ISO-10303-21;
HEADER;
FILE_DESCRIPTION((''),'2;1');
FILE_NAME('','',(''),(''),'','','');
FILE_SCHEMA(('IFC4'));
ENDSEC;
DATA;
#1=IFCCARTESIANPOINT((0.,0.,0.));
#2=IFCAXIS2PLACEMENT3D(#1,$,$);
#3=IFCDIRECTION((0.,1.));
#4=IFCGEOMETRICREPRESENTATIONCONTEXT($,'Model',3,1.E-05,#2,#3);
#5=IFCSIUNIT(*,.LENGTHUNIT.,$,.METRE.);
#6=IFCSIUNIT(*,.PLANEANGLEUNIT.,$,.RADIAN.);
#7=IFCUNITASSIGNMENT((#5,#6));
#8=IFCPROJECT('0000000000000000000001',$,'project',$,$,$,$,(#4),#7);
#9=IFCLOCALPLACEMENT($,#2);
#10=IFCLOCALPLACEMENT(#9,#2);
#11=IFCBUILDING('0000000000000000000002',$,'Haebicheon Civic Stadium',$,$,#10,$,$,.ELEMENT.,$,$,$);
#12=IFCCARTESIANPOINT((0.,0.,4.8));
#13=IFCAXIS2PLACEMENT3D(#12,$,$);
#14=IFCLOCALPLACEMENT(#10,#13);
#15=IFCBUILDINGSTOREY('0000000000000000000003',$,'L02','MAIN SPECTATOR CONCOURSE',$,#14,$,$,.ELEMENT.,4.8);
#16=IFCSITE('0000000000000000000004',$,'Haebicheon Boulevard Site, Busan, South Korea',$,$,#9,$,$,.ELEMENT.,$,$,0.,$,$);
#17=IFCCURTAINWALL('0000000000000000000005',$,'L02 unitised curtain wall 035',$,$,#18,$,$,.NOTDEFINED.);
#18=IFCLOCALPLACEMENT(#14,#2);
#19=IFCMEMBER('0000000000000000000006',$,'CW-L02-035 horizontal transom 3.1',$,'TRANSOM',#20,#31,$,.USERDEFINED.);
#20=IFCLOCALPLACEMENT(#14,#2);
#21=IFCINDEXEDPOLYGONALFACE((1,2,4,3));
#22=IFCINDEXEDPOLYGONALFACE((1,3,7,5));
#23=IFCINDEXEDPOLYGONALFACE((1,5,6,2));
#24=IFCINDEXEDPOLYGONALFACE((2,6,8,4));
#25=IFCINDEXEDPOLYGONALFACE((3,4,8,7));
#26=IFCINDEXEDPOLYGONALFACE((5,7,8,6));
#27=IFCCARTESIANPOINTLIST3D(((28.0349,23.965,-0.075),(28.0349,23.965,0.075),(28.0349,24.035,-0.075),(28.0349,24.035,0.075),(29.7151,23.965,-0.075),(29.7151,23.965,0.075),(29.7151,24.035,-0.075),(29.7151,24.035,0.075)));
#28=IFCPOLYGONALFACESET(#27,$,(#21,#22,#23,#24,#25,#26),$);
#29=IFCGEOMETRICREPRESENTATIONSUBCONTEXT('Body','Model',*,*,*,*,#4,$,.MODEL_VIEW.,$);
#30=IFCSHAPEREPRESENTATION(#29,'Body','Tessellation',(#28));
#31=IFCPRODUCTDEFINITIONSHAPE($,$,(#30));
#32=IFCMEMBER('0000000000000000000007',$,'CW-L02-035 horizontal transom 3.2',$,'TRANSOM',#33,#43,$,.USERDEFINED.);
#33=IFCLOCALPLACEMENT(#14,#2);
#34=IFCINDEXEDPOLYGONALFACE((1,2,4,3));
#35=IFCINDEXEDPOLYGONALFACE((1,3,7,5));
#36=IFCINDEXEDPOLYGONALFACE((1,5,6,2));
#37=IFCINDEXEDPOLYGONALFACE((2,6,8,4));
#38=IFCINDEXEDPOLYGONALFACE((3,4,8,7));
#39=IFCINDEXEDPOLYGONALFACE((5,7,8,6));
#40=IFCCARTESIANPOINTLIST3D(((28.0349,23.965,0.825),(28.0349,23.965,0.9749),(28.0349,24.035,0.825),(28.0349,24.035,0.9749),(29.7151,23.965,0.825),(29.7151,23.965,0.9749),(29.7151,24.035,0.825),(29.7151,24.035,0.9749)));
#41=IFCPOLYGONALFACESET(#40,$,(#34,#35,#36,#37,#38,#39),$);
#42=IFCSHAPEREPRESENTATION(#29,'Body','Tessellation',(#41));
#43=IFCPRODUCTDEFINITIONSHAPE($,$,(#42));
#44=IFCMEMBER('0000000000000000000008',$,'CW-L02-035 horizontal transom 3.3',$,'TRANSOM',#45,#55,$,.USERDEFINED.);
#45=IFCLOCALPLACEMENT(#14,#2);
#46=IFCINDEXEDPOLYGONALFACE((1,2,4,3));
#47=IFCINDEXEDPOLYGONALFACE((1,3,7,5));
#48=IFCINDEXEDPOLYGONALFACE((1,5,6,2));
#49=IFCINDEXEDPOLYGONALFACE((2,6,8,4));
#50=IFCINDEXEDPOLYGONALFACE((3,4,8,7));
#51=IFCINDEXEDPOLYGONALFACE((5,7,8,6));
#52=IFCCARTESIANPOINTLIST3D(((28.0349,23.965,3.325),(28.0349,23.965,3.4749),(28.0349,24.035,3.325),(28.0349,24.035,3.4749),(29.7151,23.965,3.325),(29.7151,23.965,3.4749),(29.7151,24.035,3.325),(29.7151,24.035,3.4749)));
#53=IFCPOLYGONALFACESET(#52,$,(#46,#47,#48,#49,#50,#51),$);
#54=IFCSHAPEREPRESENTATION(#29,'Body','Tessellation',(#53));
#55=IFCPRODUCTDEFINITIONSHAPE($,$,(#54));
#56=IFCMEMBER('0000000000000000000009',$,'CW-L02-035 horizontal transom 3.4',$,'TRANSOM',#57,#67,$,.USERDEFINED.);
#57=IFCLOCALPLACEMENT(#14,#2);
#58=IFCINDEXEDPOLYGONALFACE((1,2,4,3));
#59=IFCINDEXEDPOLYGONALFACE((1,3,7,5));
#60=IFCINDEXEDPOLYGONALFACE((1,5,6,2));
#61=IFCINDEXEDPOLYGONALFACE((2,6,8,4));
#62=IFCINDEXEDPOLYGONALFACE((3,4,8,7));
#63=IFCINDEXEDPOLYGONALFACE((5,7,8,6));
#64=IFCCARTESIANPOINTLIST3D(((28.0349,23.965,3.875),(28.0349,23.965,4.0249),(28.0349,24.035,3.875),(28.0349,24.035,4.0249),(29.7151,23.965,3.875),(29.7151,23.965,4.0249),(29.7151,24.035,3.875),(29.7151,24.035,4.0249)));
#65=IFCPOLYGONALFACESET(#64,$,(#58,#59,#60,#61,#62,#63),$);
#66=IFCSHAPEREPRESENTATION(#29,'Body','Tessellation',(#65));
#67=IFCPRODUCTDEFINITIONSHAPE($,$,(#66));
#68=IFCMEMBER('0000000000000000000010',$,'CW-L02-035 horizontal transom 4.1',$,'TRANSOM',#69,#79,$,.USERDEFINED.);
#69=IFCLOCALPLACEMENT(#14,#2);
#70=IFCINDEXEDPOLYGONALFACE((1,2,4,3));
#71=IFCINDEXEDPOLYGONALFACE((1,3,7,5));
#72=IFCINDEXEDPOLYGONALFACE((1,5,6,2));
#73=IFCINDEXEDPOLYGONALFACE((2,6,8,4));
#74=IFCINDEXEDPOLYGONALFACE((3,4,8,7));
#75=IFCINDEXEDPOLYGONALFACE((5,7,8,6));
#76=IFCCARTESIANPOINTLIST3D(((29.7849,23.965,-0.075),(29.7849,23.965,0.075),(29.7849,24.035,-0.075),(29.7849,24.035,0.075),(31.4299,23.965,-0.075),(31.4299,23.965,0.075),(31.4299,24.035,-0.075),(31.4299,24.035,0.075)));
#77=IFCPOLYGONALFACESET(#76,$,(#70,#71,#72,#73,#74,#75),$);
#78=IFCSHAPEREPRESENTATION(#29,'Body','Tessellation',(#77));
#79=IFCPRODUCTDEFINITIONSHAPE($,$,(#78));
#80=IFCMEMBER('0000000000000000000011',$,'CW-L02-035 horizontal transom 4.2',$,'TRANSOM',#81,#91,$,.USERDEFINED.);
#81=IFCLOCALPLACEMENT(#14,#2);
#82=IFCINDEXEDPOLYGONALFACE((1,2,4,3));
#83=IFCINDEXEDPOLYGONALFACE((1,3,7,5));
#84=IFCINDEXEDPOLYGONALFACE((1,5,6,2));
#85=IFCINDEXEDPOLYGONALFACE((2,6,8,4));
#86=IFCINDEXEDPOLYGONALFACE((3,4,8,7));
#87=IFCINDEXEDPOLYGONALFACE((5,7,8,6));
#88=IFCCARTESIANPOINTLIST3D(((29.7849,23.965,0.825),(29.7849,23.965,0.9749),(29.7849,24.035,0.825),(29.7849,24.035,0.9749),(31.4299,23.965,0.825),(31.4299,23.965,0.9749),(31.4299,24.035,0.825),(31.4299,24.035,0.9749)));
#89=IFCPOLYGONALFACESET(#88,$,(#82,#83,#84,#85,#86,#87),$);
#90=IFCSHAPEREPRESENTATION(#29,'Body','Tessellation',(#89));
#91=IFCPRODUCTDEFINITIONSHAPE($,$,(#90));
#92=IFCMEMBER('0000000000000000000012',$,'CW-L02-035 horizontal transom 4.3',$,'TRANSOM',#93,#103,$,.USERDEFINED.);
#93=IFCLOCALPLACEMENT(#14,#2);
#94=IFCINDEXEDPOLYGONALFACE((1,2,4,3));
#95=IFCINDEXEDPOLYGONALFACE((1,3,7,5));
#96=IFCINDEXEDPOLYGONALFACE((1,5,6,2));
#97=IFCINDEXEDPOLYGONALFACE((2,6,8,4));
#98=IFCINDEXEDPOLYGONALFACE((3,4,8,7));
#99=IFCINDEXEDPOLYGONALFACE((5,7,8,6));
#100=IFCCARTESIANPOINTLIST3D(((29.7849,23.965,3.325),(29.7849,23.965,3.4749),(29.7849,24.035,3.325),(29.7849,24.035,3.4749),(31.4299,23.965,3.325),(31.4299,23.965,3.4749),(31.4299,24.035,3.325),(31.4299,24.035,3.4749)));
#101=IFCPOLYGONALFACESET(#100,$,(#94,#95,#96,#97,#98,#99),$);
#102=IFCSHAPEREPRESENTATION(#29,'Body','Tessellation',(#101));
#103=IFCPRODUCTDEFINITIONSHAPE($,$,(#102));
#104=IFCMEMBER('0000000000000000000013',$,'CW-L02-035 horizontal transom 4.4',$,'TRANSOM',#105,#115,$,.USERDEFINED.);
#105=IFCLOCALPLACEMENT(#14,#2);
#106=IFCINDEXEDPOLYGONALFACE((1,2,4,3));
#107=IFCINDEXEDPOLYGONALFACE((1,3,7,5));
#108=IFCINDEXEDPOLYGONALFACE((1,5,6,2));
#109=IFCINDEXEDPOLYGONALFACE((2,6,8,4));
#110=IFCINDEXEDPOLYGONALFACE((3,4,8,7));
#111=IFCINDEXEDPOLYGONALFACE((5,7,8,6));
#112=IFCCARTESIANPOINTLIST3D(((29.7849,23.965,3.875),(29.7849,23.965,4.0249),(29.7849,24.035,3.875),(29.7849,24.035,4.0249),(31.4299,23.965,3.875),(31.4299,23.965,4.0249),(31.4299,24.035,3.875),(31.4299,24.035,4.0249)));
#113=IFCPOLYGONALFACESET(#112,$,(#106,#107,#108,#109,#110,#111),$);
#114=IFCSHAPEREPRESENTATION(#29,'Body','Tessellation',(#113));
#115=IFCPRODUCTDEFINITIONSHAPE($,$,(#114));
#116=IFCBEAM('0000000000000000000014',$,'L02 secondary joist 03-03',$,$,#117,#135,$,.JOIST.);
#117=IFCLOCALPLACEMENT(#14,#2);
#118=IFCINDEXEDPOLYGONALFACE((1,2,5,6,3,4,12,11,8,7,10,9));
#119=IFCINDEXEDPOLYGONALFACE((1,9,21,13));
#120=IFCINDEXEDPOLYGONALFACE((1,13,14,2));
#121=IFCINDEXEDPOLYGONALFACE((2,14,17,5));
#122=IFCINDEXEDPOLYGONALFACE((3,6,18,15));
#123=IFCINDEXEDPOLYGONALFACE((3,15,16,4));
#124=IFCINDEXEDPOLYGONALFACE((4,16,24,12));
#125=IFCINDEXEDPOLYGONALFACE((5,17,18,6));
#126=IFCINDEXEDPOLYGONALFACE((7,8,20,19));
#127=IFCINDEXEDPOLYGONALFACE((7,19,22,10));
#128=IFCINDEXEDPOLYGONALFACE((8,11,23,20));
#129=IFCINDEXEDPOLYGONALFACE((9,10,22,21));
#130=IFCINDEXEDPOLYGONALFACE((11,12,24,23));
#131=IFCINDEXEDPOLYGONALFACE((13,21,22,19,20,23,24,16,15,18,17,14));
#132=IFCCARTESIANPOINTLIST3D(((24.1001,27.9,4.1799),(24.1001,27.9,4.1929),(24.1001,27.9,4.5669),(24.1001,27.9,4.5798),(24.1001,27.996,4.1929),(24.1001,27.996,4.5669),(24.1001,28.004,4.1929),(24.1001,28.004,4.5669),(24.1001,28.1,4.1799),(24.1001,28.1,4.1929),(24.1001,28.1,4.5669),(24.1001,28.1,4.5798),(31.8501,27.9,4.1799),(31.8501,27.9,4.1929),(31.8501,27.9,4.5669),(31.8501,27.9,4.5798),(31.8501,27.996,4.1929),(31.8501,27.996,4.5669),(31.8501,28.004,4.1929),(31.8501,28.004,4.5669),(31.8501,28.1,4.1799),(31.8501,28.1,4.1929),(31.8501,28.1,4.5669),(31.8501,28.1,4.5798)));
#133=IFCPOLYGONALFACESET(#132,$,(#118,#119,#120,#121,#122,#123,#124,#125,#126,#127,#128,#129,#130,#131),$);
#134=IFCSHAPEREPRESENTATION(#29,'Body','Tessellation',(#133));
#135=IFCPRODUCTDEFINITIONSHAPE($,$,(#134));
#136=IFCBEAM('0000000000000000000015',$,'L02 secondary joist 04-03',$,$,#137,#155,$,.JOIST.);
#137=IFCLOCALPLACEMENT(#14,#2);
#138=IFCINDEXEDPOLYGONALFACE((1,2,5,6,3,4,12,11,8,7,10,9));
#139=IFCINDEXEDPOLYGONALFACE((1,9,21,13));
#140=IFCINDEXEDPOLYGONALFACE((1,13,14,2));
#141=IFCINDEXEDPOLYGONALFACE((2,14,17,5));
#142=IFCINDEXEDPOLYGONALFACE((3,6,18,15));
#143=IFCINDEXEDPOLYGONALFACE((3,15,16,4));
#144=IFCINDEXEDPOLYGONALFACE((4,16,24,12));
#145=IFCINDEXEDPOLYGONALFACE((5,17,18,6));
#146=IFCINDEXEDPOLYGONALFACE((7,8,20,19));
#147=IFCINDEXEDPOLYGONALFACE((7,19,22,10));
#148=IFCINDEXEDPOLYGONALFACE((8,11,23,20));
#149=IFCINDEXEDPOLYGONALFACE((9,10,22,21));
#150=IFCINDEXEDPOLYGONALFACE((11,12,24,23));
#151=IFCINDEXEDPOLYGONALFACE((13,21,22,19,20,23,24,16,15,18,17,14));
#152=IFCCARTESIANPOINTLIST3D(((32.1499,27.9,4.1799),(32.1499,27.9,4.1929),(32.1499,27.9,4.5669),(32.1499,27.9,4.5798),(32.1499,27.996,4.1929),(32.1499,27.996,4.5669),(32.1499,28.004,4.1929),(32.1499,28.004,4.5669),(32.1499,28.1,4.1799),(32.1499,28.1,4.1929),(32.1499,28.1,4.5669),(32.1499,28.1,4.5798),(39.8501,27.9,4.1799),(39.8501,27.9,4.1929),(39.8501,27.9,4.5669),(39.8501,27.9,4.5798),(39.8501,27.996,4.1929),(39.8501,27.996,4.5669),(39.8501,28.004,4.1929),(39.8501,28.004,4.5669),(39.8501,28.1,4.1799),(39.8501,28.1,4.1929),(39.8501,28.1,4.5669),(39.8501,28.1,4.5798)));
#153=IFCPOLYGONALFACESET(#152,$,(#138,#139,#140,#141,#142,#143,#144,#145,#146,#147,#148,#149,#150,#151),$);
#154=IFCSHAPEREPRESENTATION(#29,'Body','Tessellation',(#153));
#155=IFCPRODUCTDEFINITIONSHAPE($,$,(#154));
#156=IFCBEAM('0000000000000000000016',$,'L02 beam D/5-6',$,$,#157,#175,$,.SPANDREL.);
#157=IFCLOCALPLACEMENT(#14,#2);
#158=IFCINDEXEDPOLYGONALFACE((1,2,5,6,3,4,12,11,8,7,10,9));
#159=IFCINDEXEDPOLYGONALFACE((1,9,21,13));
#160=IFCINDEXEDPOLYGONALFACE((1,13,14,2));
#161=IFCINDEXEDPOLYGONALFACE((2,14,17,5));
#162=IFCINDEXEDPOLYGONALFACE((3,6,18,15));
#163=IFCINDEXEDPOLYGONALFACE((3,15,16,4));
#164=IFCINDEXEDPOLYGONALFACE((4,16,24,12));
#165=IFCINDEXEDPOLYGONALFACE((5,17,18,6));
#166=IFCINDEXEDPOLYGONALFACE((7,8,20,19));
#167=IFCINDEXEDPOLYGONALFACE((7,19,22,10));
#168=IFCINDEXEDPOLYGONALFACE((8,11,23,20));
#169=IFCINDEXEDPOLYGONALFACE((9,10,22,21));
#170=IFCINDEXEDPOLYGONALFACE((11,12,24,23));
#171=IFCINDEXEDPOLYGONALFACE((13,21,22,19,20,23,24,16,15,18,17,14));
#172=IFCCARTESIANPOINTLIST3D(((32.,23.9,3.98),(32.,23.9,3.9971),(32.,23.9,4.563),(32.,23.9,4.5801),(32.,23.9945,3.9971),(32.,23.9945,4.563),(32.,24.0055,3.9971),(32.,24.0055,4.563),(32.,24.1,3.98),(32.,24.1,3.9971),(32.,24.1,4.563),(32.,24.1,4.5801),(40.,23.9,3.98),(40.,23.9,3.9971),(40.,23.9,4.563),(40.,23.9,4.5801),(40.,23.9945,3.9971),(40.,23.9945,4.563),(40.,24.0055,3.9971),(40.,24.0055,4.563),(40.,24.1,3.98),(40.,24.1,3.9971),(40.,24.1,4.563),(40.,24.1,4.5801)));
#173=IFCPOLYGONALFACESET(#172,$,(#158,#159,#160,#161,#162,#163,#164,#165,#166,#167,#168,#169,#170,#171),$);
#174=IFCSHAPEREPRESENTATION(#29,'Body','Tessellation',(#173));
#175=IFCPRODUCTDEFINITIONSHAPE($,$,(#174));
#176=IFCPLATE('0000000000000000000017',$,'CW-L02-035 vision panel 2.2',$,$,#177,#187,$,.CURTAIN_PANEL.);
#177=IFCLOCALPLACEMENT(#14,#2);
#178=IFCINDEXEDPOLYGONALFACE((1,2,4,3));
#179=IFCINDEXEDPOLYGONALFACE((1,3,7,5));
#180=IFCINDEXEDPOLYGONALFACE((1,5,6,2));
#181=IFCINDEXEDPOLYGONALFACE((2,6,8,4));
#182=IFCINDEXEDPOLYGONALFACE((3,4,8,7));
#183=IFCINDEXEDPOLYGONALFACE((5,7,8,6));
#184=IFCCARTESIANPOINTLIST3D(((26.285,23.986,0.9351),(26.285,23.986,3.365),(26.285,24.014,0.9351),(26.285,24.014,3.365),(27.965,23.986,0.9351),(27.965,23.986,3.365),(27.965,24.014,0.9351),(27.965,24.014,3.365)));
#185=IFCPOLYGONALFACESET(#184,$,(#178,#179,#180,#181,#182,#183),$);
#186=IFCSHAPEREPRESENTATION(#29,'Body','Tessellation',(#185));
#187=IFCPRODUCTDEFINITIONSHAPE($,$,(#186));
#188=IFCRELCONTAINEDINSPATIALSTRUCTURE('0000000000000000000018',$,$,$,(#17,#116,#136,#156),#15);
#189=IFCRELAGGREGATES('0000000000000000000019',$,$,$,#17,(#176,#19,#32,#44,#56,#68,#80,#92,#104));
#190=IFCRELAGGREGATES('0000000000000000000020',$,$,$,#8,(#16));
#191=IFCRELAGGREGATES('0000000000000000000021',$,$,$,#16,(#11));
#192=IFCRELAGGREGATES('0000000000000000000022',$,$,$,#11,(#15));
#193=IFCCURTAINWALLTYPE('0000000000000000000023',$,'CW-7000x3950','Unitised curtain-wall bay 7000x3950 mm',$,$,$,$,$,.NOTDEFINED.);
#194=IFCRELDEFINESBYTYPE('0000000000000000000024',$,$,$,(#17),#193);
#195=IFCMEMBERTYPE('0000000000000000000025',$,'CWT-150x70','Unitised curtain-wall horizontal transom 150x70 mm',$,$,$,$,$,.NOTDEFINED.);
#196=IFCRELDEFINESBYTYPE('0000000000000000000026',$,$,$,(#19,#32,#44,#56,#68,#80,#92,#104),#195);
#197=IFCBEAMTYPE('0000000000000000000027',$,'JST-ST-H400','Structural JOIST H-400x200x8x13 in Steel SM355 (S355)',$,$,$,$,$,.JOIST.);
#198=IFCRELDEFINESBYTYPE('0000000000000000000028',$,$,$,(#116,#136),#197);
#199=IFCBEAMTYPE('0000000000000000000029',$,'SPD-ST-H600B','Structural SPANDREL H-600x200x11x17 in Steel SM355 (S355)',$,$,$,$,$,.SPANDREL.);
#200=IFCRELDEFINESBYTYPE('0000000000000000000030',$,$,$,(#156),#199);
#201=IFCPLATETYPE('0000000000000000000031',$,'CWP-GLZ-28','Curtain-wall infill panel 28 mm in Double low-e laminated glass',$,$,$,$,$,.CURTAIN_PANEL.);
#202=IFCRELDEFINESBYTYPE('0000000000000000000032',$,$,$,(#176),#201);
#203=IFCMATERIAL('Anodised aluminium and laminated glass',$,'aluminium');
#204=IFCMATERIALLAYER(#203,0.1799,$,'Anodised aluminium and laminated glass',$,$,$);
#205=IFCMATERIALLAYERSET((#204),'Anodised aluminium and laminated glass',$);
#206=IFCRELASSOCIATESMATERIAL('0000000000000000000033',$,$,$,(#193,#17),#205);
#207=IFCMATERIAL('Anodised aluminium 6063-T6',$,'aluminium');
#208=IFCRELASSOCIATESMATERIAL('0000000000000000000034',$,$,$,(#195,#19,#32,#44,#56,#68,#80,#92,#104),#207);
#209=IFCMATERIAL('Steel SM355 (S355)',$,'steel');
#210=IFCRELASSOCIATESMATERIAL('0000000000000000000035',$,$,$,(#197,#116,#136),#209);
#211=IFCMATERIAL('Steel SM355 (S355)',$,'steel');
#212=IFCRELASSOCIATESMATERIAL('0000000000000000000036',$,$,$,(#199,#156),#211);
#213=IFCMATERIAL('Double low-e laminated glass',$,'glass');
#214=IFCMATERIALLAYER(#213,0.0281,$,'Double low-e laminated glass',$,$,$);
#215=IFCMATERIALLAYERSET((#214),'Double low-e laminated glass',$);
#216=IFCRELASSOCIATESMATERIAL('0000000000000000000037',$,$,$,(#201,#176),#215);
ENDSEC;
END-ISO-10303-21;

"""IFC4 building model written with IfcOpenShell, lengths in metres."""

from ifc_helpers import new_model, si_unit, direction, frame, origin, origin_2d, place, context, subcontext, project, spatial, rectangle, i_section, extrude, material, layer, layer_set, material_profile, profile_set, type_object, element, aggregate, save


model = new_model("IFC4")

# Units and contexts
model_context = context("Model", 3, precision=1e-05, world=origin(), true_north=direction((0.0, 1.0)))
body_context = subcontext(model_context, "Body", "Model", "MODEL_VIEW")
ifc_project = project(units=[si_unit("LENGTHUNIT", "METRE"), si_unit("PLANEANGLEUNIT", "RADIAN")], contexts=[model_context])

# Site, building, storey
site_placement = place(None, origin())
site = spatial("IfcSite", under=ifc_project, at=site_placement, Name="Haebicheon Boulevard Site, Busan, South Korea", CompositionType="ELEMENT", RefElevation=0.0)
building_placement = place(site_placement, origin())
building = spatial("IfcBuilding", under=site, at=building_placement, Name="Haebicheon Civic Stadium", CompositionType="ELEMENT")
storey_placement = place(building_placement, frame((0.0, 0.0, 4.8)))
storey = spatial("IfcBuildingStorey", under=building, at=storey_placement, Name="L02", Description="MAIN SPECTATOR CONCOURSE", CompositionType="ELEMENT", Elevation=4.8)

# Curtain wall, members
ifc_material_1 = material(Name="Anodised aluminium and laminated glass", Category="aluminium")
ifc_layer_1 = layer(ifc_material_1, 0.1799, Name="Anodised aluminium and laminated glass")
ifc_layer_set_1 = layer_set([ifc_layer_1], Name="Anodised aluminium and laminated glass")
curtain_wall_type = type_object("IfcCurtainWallType", Name="CW-7000x3950", Description="Unitised curtain-wall bay 7000x3950 mm", PredefinedType="NOTDEFINED", material=ifc_layer_set_1)
curtain_wall_placement = place(storey_placement, origin())
curtain_wall = element("IfcCurtainWall", 1, at=curtain_wall_placement, inside=storey, type_object=curtain_wall_type, material=ifc_layer_set_1, Name="L02 unitised curtain wall 035", PredefinedType="NOTDEFINED")
ifc_material_2 = material(Name="Anodised aluminium 6063-T6", Category="aluminium")
ifc_material_profile_1 = material_profile(ifc_material_2, rectangle(XDim=0.0701, YDim=0.1499, at=origin_2d()), Name="ALU-TRAN-70x150")
ifc_profile_set_1 = profile_set([ifc_material_profile_1], Name="Anodised aluminium 6063-T6")
member_type_1 = type_object("IfcMemberType", Name="CWT-150x70", Description="Unitised curtain-wall horizontal transom 150x70 mm", PredefinedType="NOTDEFINED", material=ifc_profile_set_1)
member_1_placement = place(storey_placement, frame((28.0349, 24.0, 0.0), z_axis=(1.0, 0.0, 0.0), x_axis=(0.0, 1.0, 0.0)))
member_1 = element("IfcMember", 2, at=member_1_placement, type_object=member_type_1, material=ifc_profile_set_1, Name="CW-L02-035 horizontal transom 3.1", ObjectType="TRANSOM", PredefinedType="USERDEFINED", context=body_context, shape_type="SweptSolid", body=[
    extrude(rectangle(XDim=0.0701, YDim=0.1499, at=origin_2d()), origin(), (0.0, 0.0, 1.0), 1.6802),
])
member_2_placement = place(storey_placement, frame((28.0349, 24.0, 0.8999), z_axis=(1.0, 0.0, 0.0), x_axis=(0.0, 1.0, 0.0)))
member_2 = element("IfcMember", 3, at=member_2_placement, type_object=member_type_1, material=ifc_profile_set_1, Name="CW-L02-035 horizontal transom 3.2", ObjectType="TRANSOM", PredefinedType="USERDEFINED", context=body_context, shape_type="SweptSolid", body=[
    extrude(rectangle(XDim=0.0701, YDim=0.1499, at=origin_2d()), origin(), (0.0, 0.0, 1.0), 1.6802),
])
member_3_placement = place(storey_placement, frame((28.0349, 24.0, 3.3999), z_axis=(1.0, 0.0, 0.0), x_axis=(0.0, 1.0, 0.0)))
member_3 = element("IfcMember", 4, at=member_3_placement, type_object=member_type_1, material=ifc_profile_set_1, Name="CW-L02-035 horizontal transom 3.3", ObjectType="TRANSOM", PredefinedType="USERDEFINED", context=body_context, shape_type="SweptSolid", body=[
    extrude(rectangle(XDim=0.0701, YDim=0.1499, at=origin_2d()), origin(), (0.0, 0.0, 1.0), 1.6802),
])
member_4_placement = place(storey_placement, frame((28.0349, 24.0, 3.95), z_axis=(1.0, 0.0, 0.0), x_axis=(0.0, 1.0, 0.0)))
member_4 = element("IfcMember", 5, at=member_4_placement, type_object=member_type_1, material=ifc_profile_set_1, Name="CW-L02-035 horizontal transom 3.4", ObjectType="TRANSOM", PredefinedType="USERDEFINED", context=body_context, shape_type="SweptSolid", body=[
    extrude(rectangle(XDim=0.0701, YDim=0.1499, at=origin_2d()), origin(), (0.0, 0.0, 1.0), 1.6802),
])
member_5_placement = place(storey_placement, frame((29.7849, 24.0, 0.0), z_axis=(1.0, 0.0, 0.0), x_axis=(0.0, 1.0, 0.0)))
member_5 = element("IfcMember", 6, at=member_5_placement, type_object=member_type_1, material=ifc_profile_set_1, Name="CW-L02-035 horizontal transom 4.1", ObjectType="TRANSOM", PredefinedType="USERDEFINED", context=body_context, shape_type="SweptSolid", body=[
    extrude(rectangle(XDim=0.0701, YDim=0.1499, at=origin_2d()), origin(), (0.0, 0.0, 1.0), 1.645),
])
member_6_placement = place(storey_placement, frame((29.7849, 24.0, 0.8999), z_axis=(1.0, 0.0, 0.0), x_axis=(0.0, 1.0, 0.0)))
member_6 = element("IfcMember", 7, at=member_6_placement, type_object=member_type_1, material=ifc_profile_set_1, Name="CW-L02-035 horizontal transom 4.2", ObjectType="TRANSOM", PredefinedType="USERDEFINED", context=body_context, shape_type="SweptSolid", body=[
    extrude(rectangle(XDim=0.0701, YDim=0.1499, at=origin_2d()), origin(), (0.0, 0.0, 1.0), 1.645),
])
member_7_placement = place(storey_placement, frame((29.7849, 24.0, 3.3999), z_axis=(1.0, 0.0, 0.0), x_axis=(0.0, 1.0, 0.0)))
member_7 = element("IfcMember", 8, at=member_7_placement, type_object=member_type_1, material=ifc_profile_set_1, Name="CW-L02-035 horizontal transom 4.3", ObjectType="TRANSOM", PredefinedType="USERDEFINED", context=body_context, shape_type="SweptSolid", body=[
    extrude(rectangle(XDim=0.0701, YDim=0.1499, at=origin_2d()), origin(), (0.0, 0.0, 1.0), 1.645),
])
member_8_placement = place(storey_placement, frame((29.7849, 24.0, 3.95), z_axis=(1.0, 0.0, 0.0), x_axis=(0.0, 1.0, 0.0)))
member_8 = element("IfcMember", 9, at=member_8_placement, type_object=member_type_1, material=ifc_profile_set_1, Name="CW-L02-035 horizontal transom 4.4", ObjectType="TRANSOM", PredefinedType="USERDEFINED", context=body_context, shape_type="SweptSolid", body=[
    extrude(rectangle(XDim=0.0701, YDim=0.1499, at=origin_2d()), origin(), (0.0, 0.0, 1.0), 1.645),
])

# Beams
ifc_material_3 = material(Name="Steel SM355 (S355)", Category="steel")
ifc_material_profile_2 = material_profile(ifc_material_3, i_section(OverallWidth=0.2, OverallDepth=0.3999, WebThickness=0.0081, FlangeThickness=0.0129, at=origin_2d()), Name="H-400x200x8x13")
ifc_profile_set_2 = profile_set([ifc_material_profile_2], Name="Steel SM355 (S355)")
beam_type_1 = type_object("IfcBeamType", Name="JST-ST-H400", Description="Structural JOIST H-400x200x8x13 in Steel SM355 (S355)", PredefinedType="JOIST", material=ifc_profile_set_2)
beam_1_placement = place(storey_placement, frame((24.1001, 28.0, 4.3799), z_axis=(1.0, 0.0, 0.0), x_axis=(0.0, 1.0, 0.0)))
element("IfcBeam", 10, at=beam_1_placement, inside=storey, type_object=beam_type_1, material=ifc_profile_set_2, Name="L02 secondary joist 03-03", PredefinedType="JOIST", context=body_context, shape_type="SweptSolid", body=[
    extrude(i_section(OverallWidth=0.2, OverallDepth=0.3999, WebThickness=0.0081, FlangeThickness=0.0129, at=origin_2d()), origin(), (0.0, 0.0, 1.0), 7.75),
])
beam_2_placement = place(storey_placement, frame((32.1499, 28.0, 4.3799), z_axis=(1.0, 0.0, 0.0), x_axis=(0.0, 1.0, 0.0)))
element("IfcBeam", 11, at=beam_2_placement, inside=storey, type_object=beam_type_1, material=ifc_profile_set_2, Name="L02 secondary joist 04-03", PredefinedType="JOIST", context=body_context, shape_type="SweptSolid", body=[
    extrude(i_section(OverallWidth=0.2, OverallDepth=0.3999, WebThickness=0.0081, FlangeThickness=0.0129, at=origin_2d()), origin(), (0.0, 0.0, 1.0), 7.7002),
])
ifc_material_4 = material(Name="Steel SM355 (S355)", Category="steel")
ifc_material_profile_3 = material_profile(ifc_material_4, i_section(OverallWidth=0.2, OverallDepth=0.6001, WebThickness=0.011, FlangeThickness=0.0171, at=origin_2d()), Name="H-600x200x11x17")
ifc_profile_set_3 = profile_set([ifc_material_profile_3], Name="Steel SM355 (S355)")
beam_type_2 = type_object("IfcBeamType", Name="SPD-ST-H600B", Description="Structural SPANDREL H-600x200x11x17 in Steel SM355 (S355)", PredefinedType="SPANDREL", material=ifc_profile_set_3)
beam_3_placement = place(storey_placement, frame((32.0, 24.0, 4.28), z_axis=(1.0, 0.0, 0.0), x_axis=(0.0, 1.0, 0.0)))
element("IfcBeam", 12, at=beam_3_placement, inside=storey, type_object=beam_type_2, material=ifc_profile_set_3, Name="L02 beam D/5-6", PredefinedType="SPANDREL", context=body_context, shape_type="SweptSolid", body=[
    extrude(i_section(OverallWidth=0.2, OverallDepth=0.6001, WebThickness=0.011, FlangeThickness=0.0171, at=origin_2d()), origin(), (0.0, 0.0, 1.0), 8.0),
])

# Plate
ifc_material_5 = material(Name="Double low-e laminated glass", Category="glass")
ifc_layer_2 = layer(ifc_material_5, 0.0281, Name="Double low-e laminated glass")
ifc_layer_set_2 = layer_set([ifc_layer_2], Name="Double low-e laminated glass")
plate_type_1 = type_object("IfcPlateType", Name="CWP-GLZ-28", Description="Curtain-wall infill panel 28 mm in Double low-e laminated glass", PredefinedType="CURTAIN_PANEL", material=ifc_layer_set_2)
plate_1_placement = place(storey_placement, frame((27.125, 24.0, 0.9351), z_axis=(0.0, 0.0, 1.0), x_axis=(1.0, 0.0, 0.0)))
plate_1 = element("IfcPlate", 13, at=plate_1_placement, type_object=plate_type_1, material=ifc_layer_set_2, Name="CW-L02-035 vision panel 2.2", PredefinedType="CURTAIN_PANEL", context=body_context, shape_type="SweptSolid", body=[
    extrude(rectangle(XDim=1.6799, YDim=0.0281, at=origin_2d()), origin(), (0.0, 0.0, 1.0), 2.4299),
])
aggregate(curtain_wall, [plate_1, member_1, member_2, member_3, member_4, member_5, member_6, member_7, member_8])

save(model, "model.ifc")
